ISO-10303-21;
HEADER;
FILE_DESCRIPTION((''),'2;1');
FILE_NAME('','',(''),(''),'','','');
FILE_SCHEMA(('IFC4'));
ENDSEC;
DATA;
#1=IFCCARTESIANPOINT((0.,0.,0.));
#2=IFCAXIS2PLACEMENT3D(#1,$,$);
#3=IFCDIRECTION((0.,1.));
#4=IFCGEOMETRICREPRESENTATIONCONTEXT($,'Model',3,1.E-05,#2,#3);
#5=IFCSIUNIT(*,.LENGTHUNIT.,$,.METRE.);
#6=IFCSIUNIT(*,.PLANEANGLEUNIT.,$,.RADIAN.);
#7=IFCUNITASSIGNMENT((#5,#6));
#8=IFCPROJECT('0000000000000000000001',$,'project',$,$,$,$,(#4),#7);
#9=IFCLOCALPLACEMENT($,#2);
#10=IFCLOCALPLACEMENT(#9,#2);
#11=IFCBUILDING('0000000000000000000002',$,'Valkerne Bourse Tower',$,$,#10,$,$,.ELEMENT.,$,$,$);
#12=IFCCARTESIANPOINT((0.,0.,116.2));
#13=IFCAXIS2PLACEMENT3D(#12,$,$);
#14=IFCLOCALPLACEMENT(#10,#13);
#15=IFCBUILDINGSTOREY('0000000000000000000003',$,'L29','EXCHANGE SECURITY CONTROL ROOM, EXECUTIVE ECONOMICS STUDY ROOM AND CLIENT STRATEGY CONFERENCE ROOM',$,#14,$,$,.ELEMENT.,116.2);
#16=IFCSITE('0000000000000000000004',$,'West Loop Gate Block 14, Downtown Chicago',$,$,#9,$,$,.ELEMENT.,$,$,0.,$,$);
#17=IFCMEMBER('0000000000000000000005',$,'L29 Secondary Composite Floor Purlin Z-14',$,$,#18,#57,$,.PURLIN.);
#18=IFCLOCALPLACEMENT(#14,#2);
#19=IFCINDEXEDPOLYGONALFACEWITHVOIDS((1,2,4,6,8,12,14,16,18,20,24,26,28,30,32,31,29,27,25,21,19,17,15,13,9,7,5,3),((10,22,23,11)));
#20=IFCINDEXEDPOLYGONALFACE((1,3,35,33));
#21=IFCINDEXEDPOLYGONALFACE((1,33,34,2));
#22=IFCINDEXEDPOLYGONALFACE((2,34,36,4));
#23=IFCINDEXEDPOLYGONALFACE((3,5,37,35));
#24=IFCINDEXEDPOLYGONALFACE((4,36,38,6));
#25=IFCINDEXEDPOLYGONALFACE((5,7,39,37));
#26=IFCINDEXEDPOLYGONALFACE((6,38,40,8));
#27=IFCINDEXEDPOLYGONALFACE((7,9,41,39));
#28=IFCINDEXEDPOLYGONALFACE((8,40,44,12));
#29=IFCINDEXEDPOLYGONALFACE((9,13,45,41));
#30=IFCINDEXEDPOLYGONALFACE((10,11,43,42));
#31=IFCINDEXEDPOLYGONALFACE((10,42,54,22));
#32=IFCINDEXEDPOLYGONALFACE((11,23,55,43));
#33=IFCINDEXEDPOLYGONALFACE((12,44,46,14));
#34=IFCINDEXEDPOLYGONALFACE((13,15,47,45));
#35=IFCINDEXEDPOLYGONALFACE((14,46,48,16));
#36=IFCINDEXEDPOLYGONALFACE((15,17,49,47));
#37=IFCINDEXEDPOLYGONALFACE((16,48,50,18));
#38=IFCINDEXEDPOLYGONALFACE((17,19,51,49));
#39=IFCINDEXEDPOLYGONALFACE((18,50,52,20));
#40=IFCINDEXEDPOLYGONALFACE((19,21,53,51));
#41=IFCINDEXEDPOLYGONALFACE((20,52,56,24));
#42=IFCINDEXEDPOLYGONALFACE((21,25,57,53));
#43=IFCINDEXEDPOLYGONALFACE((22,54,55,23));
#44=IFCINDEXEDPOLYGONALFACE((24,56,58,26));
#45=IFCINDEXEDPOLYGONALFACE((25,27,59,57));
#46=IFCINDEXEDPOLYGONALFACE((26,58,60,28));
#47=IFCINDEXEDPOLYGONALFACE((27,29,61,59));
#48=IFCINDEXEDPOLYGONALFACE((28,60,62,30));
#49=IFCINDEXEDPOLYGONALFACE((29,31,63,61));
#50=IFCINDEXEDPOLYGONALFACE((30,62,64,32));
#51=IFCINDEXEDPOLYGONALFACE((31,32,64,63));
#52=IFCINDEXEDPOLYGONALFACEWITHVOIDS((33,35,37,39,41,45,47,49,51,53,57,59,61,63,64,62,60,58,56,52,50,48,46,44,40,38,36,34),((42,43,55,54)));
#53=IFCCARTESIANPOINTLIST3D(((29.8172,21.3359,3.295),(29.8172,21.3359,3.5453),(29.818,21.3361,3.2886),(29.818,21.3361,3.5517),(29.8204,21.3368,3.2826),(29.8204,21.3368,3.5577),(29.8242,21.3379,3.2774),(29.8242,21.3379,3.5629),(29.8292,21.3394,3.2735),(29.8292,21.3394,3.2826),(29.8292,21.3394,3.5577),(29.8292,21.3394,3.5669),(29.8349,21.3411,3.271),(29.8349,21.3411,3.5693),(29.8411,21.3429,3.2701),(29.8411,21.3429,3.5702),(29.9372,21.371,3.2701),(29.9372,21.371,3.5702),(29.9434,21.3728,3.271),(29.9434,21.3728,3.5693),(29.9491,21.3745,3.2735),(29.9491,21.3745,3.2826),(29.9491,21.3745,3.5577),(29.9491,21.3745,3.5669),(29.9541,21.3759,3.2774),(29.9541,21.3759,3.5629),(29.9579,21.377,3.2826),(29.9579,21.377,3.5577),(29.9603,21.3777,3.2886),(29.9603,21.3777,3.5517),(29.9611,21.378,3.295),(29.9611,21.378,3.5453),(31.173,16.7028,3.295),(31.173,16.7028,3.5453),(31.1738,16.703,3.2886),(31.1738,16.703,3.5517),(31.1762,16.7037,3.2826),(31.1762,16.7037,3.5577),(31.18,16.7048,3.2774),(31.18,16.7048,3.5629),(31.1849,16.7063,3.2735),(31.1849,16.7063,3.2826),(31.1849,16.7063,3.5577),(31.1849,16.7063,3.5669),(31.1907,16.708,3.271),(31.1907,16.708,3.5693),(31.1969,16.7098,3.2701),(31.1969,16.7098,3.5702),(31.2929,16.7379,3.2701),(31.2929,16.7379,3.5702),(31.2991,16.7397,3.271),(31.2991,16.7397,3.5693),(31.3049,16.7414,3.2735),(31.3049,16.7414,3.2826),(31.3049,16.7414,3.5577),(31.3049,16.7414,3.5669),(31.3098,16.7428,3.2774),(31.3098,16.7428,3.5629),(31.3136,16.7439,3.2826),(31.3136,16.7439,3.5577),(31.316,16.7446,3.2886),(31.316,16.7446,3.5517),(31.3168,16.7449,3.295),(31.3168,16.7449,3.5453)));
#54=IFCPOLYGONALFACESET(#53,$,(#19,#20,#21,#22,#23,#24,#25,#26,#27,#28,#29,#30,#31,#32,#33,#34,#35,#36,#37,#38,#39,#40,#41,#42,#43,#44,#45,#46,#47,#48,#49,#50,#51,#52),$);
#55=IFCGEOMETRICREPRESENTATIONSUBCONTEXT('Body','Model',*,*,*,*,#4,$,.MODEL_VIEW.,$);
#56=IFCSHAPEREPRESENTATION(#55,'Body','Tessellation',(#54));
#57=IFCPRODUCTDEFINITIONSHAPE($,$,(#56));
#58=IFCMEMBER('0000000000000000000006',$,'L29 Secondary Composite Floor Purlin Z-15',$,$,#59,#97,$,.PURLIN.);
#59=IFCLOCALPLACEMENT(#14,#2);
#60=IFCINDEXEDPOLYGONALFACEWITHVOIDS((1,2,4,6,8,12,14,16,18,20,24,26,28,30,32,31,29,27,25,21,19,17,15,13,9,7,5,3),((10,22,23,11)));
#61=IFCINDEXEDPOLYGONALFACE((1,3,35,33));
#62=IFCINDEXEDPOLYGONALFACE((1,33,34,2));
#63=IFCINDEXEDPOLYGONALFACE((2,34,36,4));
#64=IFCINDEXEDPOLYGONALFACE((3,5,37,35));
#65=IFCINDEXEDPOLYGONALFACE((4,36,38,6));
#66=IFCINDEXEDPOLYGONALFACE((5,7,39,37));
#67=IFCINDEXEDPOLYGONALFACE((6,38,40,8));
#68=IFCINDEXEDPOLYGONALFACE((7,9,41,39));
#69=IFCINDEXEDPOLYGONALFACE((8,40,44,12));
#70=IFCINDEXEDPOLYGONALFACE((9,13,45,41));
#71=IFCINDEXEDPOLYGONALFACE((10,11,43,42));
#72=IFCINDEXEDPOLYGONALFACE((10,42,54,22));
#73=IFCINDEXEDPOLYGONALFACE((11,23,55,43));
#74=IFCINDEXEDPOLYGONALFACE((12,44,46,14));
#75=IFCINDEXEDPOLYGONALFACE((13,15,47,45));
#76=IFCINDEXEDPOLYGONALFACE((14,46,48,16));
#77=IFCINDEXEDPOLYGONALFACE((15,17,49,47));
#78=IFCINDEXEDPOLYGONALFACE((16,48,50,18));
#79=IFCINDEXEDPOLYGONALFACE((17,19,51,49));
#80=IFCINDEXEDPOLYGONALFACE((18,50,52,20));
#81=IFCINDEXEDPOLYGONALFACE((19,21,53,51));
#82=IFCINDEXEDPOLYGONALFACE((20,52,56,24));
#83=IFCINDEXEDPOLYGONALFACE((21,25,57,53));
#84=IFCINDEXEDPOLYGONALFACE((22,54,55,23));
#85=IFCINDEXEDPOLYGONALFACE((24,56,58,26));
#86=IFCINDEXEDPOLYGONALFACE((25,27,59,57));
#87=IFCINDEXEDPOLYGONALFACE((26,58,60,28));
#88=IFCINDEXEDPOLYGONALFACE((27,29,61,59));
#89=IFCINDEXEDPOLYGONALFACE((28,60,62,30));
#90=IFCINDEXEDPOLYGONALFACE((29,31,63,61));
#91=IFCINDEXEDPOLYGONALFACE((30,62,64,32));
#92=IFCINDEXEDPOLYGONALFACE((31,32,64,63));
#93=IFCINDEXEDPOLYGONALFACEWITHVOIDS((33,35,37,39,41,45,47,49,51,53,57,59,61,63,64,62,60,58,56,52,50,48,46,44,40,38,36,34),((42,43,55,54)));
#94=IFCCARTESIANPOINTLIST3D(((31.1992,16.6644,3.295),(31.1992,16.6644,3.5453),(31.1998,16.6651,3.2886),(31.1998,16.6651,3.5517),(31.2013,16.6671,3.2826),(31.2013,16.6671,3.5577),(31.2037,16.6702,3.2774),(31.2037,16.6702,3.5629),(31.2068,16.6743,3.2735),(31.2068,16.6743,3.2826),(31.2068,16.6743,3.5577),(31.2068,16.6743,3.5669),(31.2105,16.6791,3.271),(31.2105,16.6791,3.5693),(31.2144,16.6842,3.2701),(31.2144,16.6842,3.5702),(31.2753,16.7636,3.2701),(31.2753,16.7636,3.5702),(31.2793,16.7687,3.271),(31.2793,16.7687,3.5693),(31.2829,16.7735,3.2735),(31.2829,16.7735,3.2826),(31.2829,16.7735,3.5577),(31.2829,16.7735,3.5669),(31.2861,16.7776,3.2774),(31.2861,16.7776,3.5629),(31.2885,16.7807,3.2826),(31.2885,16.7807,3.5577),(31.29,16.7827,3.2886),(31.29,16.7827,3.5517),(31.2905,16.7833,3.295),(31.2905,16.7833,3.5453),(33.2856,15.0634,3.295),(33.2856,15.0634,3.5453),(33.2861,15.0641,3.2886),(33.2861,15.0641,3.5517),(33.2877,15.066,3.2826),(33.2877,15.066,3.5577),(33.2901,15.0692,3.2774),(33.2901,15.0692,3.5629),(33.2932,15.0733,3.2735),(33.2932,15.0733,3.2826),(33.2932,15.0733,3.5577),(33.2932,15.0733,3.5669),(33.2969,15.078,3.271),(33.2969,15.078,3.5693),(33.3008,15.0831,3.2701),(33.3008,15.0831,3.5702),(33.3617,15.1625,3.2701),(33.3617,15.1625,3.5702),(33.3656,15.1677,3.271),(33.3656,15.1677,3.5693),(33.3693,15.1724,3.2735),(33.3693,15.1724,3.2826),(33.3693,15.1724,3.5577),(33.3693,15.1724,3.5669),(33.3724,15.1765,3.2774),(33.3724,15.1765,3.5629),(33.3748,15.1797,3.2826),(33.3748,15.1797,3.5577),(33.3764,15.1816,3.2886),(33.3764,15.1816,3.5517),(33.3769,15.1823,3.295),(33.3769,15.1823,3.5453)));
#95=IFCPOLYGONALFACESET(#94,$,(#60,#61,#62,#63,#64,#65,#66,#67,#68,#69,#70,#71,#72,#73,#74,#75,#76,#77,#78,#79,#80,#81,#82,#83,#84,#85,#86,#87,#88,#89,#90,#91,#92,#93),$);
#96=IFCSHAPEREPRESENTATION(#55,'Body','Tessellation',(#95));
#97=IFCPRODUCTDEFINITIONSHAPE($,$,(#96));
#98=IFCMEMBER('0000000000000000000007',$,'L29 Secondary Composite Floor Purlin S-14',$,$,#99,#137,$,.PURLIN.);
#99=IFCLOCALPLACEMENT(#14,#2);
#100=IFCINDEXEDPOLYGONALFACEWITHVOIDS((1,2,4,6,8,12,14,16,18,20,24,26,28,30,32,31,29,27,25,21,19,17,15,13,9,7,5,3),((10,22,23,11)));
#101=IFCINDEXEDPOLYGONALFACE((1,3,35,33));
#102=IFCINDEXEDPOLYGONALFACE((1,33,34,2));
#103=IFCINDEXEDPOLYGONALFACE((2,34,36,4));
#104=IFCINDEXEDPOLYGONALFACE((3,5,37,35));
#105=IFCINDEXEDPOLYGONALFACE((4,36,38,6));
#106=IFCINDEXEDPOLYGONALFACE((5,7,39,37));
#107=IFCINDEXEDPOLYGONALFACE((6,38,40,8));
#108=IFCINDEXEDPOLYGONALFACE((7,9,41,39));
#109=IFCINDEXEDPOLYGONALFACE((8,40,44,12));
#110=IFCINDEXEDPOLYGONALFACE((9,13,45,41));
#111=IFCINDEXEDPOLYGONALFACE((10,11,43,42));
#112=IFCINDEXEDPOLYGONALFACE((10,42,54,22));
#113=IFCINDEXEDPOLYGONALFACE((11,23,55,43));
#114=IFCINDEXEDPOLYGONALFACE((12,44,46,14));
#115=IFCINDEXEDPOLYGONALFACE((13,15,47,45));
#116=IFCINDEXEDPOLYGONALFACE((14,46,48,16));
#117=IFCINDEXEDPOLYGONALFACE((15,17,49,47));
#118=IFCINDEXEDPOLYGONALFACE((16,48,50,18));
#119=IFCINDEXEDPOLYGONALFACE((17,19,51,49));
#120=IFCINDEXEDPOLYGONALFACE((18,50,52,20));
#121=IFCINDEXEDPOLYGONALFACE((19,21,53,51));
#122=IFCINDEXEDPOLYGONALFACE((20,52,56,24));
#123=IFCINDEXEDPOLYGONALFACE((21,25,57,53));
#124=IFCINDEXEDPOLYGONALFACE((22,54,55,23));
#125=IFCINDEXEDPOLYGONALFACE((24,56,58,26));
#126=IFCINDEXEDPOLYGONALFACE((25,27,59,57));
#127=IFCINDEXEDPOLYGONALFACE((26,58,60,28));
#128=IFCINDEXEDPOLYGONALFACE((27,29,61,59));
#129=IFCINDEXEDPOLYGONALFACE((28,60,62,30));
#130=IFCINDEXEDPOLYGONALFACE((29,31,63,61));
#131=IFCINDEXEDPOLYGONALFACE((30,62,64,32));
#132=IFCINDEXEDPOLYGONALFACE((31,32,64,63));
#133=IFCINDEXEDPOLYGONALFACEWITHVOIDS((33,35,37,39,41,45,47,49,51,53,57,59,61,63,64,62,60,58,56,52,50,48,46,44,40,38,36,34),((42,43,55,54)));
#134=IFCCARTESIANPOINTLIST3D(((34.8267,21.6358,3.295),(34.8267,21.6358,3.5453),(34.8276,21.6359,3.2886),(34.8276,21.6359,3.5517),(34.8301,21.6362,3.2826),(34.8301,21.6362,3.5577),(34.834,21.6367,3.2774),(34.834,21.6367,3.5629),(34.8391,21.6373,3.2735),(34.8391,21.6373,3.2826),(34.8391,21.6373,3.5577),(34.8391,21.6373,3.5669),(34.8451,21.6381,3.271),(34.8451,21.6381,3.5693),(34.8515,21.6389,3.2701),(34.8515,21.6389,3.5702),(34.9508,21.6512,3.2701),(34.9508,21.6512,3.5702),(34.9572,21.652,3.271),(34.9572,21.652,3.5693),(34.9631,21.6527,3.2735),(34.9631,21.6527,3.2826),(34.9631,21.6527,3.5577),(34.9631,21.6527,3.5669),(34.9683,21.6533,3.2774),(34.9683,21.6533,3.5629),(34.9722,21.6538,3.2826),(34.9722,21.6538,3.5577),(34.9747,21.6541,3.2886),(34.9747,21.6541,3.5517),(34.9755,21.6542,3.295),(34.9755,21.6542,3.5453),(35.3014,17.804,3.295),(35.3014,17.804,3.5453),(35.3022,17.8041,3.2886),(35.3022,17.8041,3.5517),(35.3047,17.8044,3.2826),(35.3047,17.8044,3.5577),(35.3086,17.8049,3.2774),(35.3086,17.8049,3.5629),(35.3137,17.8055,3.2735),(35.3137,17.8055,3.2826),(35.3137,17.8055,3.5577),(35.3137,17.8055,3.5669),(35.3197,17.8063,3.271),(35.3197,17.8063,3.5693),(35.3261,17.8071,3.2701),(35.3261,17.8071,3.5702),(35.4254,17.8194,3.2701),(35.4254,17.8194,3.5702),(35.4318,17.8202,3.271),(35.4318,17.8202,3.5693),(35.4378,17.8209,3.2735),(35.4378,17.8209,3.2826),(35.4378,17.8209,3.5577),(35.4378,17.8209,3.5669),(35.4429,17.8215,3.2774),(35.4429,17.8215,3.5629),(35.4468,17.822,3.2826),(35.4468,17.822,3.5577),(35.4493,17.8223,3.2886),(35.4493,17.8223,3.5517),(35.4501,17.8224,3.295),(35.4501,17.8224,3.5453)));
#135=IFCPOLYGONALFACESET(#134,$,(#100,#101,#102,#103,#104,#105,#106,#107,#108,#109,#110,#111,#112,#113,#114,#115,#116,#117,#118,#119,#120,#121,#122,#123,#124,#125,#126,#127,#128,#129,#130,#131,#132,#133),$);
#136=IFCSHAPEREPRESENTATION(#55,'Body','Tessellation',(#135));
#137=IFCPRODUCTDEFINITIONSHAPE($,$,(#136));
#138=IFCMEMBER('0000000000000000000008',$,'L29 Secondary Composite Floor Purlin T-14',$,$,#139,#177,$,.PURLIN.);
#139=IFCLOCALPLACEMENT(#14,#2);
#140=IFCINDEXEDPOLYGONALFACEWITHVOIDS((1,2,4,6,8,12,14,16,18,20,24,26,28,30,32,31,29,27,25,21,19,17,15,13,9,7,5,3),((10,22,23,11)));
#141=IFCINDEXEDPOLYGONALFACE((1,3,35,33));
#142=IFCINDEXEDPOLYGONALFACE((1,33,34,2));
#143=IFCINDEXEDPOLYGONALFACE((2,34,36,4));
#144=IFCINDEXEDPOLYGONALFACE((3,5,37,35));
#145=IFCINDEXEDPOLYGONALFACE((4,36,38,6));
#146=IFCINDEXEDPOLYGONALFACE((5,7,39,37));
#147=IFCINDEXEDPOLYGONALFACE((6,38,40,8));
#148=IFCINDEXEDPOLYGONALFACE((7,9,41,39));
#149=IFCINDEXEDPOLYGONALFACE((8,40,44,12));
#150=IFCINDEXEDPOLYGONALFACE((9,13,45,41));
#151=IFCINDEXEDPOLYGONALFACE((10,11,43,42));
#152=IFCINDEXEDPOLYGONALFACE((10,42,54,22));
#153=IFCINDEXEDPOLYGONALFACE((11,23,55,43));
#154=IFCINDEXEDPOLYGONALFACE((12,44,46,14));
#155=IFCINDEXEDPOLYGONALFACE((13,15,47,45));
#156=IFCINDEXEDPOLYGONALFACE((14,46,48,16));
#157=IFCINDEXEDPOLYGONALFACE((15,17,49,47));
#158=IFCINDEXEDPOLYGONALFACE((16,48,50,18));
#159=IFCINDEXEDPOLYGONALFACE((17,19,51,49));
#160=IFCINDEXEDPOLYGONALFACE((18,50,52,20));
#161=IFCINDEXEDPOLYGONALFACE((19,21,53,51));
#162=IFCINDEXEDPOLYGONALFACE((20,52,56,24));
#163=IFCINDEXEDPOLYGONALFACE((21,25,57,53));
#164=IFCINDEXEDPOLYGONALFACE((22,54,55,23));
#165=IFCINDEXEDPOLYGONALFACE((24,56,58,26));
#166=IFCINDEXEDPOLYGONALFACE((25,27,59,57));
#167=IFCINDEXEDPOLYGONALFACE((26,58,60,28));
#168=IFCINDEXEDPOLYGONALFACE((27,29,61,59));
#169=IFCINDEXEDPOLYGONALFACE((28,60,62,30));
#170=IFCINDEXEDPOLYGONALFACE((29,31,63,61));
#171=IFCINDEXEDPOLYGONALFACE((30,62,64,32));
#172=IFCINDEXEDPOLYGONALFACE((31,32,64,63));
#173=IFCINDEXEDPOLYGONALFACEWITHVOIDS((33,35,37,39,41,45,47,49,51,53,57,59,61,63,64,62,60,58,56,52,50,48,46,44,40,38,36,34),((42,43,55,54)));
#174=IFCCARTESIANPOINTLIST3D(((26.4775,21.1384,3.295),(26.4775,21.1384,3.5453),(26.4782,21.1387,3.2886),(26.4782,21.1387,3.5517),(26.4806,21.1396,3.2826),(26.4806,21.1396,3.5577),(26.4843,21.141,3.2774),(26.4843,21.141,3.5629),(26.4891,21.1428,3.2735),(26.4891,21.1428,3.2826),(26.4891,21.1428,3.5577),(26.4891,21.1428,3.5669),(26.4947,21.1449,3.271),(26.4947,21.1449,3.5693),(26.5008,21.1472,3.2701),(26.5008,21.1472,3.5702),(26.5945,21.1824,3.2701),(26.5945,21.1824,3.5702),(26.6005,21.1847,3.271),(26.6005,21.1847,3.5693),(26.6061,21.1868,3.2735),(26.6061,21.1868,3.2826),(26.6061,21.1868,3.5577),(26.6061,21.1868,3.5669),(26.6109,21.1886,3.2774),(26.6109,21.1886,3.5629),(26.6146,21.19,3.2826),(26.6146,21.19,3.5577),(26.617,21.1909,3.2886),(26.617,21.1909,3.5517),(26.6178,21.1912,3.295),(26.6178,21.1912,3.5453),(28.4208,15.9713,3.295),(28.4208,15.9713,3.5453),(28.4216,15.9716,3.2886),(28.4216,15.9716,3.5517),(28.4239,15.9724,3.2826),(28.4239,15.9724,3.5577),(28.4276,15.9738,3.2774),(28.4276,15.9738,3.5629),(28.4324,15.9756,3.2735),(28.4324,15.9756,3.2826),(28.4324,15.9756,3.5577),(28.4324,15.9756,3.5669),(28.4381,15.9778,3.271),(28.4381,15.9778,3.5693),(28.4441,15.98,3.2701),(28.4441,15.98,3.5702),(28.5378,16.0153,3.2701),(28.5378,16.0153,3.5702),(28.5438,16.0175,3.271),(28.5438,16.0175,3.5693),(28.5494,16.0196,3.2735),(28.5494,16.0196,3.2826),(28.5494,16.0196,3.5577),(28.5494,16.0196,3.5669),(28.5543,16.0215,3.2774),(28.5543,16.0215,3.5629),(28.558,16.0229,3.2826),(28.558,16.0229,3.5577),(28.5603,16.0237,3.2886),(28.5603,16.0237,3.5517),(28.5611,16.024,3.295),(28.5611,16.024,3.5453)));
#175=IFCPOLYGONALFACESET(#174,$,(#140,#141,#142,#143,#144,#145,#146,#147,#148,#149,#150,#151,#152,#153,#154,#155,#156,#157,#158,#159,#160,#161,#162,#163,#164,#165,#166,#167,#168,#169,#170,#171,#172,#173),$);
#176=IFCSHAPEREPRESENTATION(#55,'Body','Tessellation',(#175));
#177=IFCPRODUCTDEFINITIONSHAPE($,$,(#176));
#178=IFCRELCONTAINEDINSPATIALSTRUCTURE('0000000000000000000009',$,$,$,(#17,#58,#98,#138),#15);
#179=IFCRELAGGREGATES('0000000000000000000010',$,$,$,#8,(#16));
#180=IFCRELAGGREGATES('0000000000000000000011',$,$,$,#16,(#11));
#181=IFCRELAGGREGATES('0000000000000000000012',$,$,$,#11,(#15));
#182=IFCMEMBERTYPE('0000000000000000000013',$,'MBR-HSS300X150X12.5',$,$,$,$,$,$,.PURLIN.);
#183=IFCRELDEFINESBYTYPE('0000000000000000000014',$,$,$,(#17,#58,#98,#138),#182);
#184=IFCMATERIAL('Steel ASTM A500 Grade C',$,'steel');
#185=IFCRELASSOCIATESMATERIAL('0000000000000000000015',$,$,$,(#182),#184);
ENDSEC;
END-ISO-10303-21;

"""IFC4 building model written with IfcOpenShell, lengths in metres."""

from ifc_helpers import new_model, si_unit, direction, frame, origin, origin_2d, place, context, subcontext, project, spatial, hollow_rectangle, extrude, material, material_profile, profile_set, type_object, element, save


model = new_model("IFC4")

# Units and contexts
model_context = context("Model", 3, precision=1e-05, world=origin(), true_north=direction((0.0, 1.0)))
body_context = subcontext(model_context, "Body", "Model", "MODEL_VIEW")
ifc_project = project(units=[si_unit("LENGTHUNIT", "METRE"), si_unit("PLANEANGLEUNIT", "RADIAN")], contexts=[model_context])

# Site, building, storey
site_placement = place(None, origin())
site = spatial("IfcSite", under=ifc_project, at=site_placement, Name="West Loop Gate Block 14, Downtown Chicago", CompositionType="ELEMENT", RefElevation=0.0)
building_placement = place(site_placement, origin())
building = spatial("IfcBuilding", under=site, at=building_placement, Name="Valkerne Bourse Tower", CompositionType="ELEMENT")
storey_placement = place(building_placement, frame((0.0, 0.0, 116.2)))
storey = spatial("IfcBuildingStorey", under=building, at=storey_placement, Name="L29", Description="EXCHANGE SECURITY CONTROL ROOM, EXECUTIVE ECONOMICS STUDY ROOM AND CLIENT STRATEGY CONFERENCE ROOM", CompositionType="ELEMENT", Elevation=116.2)

# Members
ifc_material_1 = material(Name="Steel ASTM A500 Grade C", Category="steel")
ifc_material_profile_1 = material_profile(ifc_material_1, hollow_rectangle(XDim=0.1499, YDim=0.3, WallThickness=0.0125, OuterFilletRadius=0.0249, at=origin_2d()), Name="HSS300X150X12.5")
ifc_profile_set_1 = profile_set([ifc_material_profile_1], Name="Steel ASTM A500 Grade C")
member_type_1 = type_object("IfcMemberType", Name="MBR-HSS300X150X12.5", PredefinedType="PURLIN", material=ifc_profile_set_1)
member_1_placement = place(storey_placement, frame((29.8892, 21.3569, 3.4202), z_axis=(0.280841, -0.959754, 0.0), x_axis=(0.959754, 0.280841, 0.0)))
element("IfcMember", 1, at=member_1_placement, inside=storey, type_object=member_type_1, Name="L29 Secondary Composite Floor Purlin Z-14", PredefinedType="PURLIN", context=body_context, shape_type="SweptSolid", body=[
    extrude(hollow_rectangle(XDim=0.1499, YDim=0.3, WallThickness=0.0125, OuterFilletRadius=0.0249, at=origin_2d()), origin(), (0.0, 0.0, 1.0), 4.8274),
])
member_2_placement = place(storey_placement, frame((31.2449, 16.7239, 3.4202), z_axis=(0.793334, -0.608786, 0.0), x_axis=(0.608786, 0.793334, 0.0)))
element("IfcMember", 2, at=member_2_placement, inside=storey, type_object=member_type_1, Name="L29 Secondary Composite Floor Purlin Z-15", PredefinedType="PURLIN", context=body_context, shape_type="SweptSolid", body=[
    extrude(hollow_rectangle(XDim=0.1499, YDim=0.3, WallThickness=0.0125, OuterFilletRadius=0.0249, at=origin_2d()), origin(), (0.0, 0.0, 1.0), 2.6299),
])
member_3_placement = place(storey_placement, frame((34.9011, 21.645, 3.4202), z_axis=(0.122922, -0.992416, 0.0), x_axis=(0.992416, 0.122922, 0.0)))
element("IfcMember", 3, at=member_3_placement, inside=storey, type_object=member_type_1, Name="L29 Secondary Composite Floor Purlin S-14", PredefinedType="PURLIN", context=body_context, shape_type="SweptSolid", body=[
    extrude(hollow_rectangle(XDim=0.1499, YDim=0.3, WallThickness=0.0125, OuterFilletRadius=0.0249, at=origin_2d()), origin(), (0.0, 0.0, 1.0), 3.8611),
])
member_4_placement = place(storey_placement, frame((26.5476, 21.1648, 3.4202), z_axis=(0.35202, -0.935993, 0.0), x_axis=(0.935993, 0.35202, 0.0)))
element("IfcMember", 4, at=member_4_placement, inside=storey, type_object=member_type_1, Name="L29 Secondary Composite Floor Purlin T-14", PredefinedType="PURLIN", context=body_context, shape_type="SweptSolid", body=[
    extrude(hollow_rectangle(XDim=0.1499, YDim=0.3, WallThickness=0.0125, OuterFilletRadius=0.0249, at=origin_2d()), origin(), (0.0, 0.0, 1.0), 5.5205),
])

save(model, "model.ifc")
